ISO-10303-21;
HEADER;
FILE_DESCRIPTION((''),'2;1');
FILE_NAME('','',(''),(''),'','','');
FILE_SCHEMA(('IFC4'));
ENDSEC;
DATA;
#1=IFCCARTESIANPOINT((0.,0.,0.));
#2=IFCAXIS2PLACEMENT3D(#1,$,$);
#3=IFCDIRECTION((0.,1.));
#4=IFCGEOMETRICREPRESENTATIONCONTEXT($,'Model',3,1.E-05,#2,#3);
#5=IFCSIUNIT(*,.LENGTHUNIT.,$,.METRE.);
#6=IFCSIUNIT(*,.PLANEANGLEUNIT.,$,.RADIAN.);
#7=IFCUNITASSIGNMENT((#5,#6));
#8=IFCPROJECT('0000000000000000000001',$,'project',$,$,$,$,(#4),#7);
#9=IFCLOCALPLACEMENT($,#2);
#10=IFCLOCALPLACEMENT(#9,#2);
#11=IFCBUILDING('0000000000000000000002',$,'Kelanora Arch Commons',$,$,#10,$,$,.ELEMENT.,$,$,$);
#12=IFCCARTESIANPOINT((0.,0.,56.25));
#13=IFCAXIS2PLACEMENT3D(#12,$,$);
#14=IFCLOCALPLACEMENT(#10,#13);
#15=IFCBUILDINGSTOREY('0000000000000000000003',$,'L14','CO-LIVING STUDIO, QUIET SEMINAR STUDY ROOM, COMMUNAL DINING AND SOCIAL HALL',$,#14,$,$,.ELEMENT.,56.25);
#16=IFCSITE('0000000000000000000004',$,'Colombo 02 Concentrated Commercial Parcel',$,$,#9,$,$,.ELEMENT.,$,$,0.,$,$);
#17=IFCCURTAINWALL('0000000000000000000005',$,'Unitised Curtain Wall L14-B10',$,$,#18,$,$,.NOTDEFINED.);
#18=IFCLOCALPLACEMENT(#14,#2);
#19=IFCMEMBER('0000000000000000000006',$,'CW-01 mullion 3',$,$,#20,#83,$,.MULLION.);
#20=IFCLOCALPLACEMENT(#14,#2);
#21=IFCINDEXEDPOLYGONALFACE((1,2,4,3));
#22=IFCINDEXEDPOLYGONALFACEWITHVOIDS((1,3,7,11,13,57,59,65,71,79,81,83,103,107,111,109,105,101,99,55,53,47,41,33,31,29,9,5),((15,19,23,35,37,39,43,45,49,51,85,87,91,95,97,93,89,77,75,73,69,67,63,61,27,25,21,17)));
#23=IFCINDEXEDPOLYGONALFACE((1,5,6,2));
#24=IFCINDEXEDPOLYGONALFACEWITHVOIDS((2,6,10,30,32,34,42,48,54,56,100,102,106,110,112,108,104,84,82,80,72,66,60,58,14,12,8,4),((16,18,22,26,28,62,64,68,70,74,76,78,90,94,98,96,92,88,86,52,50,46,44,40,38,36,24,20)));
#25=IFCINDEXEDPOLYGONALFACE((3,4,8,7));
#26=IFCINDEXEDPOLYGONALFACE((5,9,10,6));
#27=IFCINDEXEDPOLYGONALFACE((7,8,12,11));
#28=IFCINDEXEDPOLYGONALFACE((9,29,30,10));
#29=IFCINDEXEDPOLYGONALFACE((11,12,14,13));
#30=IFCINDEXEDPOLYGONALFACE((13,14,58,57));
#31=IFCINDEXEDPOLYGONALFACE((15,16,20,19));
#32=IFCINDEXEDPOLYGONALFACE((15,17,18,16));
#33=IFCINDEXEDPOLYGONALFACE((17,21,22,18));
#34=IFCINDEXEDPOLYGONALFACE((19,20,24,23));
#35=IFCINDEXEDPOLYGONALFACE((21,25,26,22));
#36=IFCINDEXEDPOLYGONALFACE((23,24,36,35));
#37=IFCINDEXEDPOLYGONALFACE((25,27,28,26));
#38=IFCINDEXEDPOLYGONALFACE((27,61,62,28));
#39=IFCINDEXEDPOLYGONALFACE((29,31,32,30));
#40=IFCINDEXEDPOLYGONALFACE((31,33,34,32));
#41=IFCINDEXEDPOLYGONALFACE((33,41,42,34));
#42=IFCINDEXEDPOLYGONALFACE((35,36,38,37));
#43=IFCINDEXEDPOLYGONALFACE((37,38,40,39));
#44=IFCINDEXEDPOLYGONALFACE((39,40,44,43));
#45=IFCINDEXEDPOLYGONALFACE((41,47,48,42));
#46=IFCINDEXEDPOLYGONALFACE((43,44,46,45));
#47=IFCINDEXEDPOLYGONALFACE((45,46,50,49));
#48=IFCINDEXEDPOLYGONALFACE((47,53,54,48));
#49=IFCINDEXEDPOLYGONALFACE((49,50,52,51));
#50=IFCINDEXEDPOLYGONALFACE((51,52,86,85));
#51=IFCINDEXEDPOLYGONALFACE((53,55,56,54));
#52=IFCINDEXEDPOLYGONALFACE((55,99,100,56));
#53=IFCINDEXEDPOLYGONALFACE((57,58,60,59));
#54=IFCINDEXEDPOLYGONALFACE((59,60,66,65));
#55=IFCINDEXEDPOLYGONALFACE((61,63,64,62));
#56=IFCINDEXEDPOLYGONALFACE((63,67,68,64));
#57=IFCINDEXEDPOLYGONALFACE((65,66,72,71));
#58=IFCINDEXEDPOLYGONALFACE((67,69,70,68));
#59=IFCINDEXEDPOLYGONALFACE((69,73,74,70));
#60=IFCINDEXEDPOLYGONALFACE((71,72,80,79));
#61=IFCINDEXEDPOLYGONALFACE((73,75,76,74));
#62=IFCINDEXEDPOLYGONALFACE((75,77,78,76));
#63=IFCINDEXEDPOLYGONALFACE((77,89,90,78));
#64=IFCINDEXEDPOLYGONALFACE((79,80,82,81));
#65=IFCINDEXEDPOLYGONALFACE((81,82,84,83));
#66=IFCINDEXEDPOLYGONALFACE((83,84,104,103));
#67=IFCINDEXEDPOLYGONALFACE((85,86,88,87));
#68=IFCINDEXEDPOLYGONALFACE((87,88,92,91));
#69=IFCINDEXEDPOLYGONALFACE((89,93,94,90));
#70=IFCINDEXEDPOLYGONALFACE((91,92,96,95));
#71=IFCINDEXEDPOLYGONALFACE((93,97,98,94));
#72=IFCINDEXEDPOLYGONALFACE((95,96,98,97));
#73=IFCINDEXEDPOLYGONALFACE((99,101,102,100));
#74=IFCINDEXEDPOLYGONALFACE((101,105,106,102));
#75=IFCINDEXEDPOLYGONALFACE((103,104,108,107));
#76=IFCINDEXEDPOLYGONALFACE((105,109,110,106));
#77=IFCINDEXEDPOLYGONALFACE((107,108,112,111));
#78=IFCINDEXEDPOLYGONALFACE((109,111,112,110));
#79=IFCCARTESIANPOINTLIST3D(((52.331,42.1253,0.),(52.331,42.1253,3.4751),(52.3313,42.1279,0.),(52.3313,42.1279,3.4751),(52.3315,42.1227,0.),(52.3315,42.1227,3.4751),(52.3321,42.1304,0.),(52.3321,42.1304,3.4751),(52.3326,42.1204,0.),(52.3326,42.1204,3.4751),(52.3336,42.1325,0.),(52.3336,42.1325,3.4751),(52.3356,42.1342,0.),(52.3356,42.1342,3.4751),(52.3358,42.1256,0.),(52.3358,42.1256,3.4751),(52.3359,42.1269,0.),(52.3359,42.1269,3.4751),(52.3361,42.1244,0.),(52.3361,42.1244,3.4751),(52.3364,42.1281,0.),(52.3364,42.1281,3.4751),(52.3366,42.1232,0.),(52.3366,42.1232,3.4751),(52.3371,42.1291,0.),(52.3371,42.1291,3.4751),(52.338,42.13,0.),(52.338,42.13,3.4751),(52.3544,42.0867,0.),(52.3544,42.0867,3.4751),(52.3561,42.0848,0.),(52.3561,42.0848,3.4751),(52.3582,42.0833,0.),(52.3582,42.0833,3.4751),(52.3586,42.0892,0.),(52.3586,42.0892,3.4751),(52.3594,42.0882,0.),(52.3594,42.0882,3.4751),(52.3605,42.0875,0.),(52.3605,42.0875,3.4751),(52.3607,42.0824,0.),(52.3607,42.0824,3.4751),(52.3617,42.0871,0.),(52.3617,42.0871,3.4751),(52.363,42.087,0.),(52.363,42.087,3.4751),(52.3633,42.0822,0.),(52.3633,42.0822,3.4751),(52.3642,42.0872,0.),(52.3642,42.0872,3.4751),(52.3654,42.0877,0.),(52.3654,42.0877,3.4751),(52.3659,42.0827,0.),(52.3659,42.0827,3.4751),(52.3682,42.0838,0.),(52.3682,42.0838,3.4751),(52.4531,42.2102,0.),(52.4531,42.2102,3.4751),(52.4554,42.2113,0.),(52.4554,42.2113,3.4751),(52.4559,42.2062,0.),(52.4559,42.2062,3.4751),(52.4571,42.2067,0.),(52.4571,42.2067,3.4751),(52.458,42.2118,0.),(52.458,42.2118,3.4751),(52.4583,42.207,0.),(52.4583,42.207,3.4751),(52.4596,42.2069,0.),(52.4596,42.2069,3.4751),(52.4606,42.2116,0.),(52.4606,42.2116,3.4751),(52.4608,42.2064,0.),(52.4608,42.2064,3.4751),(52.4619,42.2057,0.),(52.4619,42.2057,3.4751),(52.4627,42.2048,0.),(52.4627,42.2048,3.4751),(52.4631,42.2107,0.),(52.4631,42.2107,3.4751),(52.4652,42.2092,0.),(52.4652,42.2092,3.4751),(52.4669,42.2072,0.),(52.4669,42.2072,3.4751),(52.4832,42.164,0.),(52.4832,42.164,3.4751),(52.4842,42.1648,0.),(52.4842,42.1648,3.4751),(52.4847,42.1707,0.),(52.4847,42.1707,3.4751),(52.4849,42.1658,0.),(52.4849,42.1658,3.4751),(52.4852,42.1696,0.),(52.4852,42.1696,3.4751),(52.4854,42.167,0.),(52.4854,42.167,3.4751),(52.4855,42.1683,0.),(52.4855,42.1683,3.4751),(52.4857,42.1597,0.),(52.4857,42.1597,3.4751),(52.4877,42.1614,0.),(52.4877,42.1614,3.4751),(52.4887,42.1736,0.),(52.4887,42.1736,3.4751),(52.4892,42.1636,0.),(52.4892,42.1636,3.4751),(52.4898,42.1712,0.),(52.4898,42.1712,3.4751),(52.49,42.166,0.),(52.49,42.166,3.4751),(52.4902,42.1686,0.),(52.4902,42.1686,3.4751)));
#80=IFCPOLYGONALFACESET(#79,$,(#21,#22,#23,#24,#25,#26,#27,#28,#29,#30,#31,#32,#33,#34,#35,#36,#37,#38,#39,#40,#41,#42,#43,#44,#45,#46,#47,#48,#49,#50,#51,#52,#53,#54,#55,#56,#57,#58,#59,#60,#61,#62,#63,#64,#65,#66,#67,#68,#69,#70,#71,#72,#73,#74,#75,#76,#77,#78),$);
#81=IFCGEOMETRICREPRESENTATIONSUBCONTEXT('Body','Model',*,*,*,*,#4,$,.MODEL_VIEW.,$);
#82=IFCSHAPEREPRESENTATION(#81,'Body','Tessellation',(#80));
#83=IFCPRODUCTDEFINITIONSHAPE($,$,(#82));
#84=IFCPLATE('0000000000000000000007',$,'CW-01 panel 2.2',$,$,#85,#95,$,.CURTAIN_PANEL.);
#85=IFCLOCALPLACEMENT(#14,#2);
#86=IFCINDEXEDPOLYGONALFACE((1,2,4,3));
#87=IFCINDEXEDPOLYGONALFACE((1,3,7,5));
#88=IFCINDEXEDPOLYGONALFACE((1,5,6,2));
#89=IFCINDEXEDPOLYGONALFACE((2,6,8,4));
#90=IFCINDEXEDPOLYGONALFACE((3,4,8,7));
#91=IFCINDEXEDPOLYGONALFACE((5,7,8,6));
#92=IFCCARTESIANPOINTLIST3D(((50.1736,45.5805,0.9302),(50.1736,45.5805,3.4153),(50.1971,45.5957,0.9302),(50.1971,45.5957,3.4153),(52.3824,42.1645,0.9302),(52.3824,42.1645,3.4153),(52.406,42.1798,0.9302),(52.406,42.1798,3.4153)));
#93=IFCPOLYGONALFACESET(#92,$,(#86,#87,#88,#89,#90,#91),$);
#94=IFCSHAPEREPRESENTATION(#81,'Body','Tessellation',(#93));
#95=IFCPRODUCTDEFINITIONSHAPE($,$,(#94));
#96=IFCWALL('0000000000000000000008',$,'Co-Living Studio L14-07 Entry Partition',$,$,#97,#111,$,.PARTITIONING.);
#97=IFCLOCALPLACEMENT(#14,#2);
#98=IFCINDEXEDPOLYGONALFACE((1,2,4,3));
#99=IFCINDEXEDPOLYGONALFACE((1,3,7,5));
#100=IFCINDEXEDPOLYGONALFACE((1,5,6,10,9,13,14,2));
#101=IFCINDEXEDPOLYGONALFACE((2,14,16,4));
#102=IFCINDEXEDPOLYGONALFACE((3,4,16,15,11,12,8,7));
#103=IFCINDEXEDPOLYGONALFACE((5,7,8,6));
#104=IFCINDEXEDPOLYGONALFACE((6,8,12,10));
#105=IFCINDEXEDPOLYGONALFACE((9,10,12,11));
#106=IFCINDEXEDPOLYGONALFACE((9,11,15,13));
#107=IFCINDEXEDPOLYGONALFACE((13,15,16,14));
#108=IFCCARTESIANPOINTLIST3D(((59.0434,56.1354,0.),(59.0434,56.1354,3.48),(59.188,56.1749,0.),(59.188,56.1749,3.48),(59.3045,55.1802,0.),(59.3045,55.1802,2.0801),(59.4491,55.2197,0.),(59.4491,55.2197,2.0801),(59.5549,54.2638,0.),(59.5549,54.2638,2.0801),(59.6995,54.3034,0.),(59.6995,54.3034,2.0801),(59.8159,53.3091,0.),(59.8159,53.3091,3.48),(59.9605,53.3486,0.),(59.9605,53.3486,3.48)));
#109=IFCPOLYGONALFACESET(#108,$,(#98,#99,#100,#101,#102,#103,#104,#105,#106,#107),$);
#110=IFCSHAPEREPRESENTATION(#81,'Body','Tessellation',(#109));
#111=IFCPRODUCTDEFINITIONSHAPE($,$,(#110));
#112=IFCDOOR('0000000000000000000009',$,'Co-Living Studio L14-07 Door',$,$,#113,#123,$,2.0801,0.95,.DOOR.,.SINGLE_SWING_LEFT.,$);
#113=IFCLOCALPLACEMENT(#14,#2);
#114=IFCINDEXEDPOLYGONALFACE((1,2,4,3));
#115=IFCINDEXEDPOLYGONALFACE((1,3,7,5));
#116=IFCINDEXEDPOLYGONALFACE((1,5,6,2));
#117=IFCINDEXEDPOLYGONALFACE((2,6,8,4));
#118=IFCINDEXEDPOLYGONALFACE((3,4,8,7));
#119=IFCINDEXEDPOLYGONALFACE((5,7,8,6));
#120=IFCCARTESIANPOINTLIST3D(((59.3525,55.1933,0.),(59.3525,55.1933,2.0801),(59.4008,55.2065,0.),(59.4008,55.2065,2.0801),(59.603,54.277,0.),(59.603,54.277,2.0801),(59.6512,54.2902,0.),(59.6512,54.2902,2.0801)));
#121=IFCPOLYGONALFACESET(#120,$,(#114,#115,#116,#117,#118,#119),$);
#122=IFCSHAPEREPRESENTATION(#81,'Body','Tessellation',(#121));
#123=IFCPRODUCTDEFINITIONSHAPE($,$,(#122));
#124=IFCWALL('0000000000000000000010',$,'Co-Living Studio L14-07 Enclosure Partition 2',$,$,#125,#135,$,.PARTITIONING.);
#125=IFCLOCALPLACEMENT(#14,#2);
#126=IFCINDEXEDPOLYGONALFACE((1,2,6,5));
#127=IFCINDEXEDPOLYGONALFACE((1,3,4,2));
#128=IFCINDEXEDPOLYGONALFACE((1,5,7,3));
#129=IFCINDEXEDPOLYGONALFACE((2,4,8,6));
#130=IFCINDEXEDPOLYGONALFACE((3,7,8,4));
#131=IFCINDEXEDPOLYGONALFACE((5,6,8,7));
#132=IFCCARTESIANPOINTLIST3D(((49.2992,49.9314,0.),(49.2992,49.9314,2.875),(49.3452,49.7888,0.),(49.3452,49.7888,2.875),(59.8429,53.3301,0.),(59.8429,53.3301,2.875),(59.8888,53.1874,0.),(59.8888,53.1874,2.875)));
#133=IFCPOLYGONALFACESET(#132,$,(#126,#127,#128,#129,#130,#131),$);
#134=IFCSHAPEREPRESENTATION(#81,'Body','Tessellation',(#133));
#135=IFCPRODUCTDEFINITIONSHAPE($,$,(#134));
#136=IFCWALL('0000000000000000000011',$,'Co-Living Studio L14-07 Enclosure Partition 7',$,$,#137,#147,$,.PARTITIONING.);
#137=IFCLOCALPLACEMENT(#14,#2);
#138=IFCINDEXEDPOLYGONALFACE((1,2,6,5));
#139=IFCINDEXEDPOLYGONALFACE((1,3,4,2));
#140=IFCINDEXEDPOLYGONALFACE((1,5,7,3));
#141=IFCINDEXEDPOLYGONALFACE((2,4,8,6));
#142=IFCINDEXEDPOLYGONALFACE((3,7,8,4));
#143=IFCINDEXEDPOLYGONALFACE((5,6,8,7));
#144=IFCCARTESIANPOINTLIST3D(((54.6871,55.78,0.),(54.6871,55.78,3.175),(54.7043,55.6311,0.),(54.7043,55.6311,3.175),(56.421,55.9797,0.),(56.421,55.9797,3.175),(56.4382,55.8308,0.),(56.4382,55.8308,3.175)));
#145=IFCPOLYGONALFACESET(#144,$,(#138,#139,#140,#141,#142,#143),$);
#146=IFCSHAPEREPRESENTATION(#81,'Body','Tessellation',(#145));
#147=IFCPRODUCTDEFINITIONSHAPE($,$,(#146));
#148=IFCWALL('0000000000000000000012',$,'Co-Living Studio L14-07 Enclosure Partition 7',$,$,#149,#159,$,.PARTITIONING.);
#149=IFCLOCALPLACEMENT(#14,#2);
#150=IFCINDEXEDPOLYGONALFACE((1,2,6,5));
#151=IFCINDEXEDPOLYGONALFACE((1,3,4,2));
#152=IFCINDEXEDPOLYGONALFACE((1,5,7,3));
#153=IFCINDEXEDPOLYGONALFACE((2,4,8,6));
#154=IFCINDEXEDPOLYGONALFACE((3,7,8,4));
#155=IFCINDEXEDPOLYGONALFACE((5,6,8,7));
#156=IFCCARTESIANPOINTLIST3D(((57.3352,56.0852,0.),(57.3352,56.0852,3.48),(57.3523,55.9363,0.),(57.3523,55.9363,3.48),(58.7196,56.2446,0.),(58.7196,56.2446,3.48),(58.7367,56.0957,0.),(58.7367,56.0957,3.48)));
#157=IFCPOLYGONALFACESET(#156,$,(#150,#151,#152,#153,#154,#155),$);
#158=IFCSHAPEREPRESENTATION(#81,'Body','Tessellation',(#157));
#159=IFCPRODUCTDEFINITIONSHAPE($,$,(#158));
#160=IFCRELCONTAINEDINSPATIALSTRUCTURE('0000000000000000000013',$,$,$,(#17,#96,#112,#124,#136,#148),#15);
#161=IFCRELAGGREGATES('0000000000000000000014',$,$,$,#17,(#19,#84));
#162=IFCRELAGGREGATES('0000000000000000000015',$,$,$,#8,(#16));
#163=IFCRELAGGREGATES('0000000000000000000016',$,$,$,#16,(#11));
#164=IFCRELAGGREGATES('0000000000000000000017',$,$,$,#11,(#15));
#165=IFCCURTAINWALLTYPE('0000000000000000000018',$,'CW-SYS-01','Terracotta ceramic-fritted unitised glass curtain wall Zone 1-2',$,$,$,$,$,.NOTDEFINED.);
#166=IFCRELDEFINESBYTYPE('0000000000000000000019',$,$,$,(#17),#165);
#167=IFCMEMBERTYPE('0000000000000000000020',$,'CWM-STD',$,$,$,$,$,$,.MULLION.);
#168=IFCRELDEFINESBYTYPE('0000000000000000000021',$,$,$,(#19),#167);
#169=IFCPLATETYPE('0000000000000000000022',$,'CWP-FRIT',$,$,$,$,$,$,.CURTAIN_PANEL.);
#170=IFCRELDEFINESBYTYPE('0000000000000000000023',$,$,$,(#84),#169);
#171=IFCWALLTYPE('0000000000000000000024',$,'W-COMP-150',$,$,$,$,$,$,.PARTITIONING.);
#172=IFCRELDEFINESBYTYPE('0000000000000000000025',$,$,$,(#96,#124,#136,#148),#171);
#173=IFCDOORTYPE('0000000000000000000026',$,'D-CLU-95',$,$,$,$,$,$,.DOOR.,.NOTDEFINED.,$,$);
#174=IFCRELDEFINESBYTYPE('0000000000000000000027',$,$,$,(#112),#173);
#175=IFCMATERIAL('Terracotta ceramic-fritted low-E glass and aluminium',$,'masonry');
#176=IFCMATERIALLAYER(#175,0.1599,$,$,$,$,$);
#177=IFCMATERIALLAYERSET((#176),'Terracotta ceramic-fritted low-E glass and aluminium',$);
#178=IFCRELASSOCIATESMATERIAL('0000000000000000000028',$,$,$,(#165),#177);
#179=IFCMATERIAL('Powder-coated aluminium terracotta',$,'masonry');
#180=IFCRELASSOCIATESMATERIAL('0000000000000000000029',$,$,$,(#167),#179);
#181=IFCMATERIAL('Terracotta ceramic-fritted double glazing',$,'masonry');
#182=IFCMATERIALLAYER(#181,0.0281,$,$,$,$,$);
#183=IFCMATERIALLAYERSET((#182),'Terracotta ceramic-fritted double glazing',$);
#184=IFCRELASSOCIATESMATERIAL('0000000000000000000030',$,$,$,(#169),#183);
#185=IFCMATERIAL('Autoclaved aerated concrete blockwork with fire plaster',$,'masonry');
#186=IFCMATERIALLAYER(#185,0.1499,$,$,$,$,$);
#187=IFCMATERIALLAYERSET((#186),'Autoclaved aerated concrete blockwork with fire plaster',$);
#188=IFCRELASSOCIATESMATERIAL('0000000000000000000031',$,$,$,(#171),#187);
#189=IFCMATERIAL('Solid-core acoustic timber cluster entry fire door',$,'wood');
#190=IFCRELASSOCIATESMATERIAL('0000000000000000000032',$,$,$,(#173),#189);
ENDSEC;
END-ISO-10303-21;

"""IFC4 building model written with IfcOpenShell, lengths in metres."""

from ifc_helpers import new_model, si_unit, direction, frame, frame_2d, origin, origin_2d, place, context, subcontext, project, spatial, rectangle, hollow_rectangle, extrude, source, transform, mapped, material, layer, layer_set, material_profile, profile_set, type_object, element, fill, aggregate, save


model = new_model("IFC4")

# Units and contexts
model_context = context("Model", 3, precision=1e-05, world=origin(), true_north=direction((0.0, 1.0)))
body_context = subcontext(model_context, "Body", "Model", "MODEL_VIEW")
ifc_project = project(units=[si_unit("LENGTHUNIT", "METRE"), si_unit("PLANEANGLEUNIT", "RADIAN")], contexts=[model_context])

# Site, building, storey
site_placement = place(None, origin())
site = spatial("IfcSite", under=ifc_project, at=site_placement, Name="Colombo 02 Concentrated Commercial Parcel", CompositionType="ELEMENT", RefElevation=0.0)
building_placement = place(site_placement, origin())
building = spatial("IfcBuilding", under=site, at=building_placement, Name="Kelanora Arch Commons", CompositionType="ELEMENT")
storey_placement = place(building_placement, frame((0.0, 0.0, 56.25)))
storey = spatial("IfcBuildingStorey", under=building, at=storey_placement, Name="L14", Description="CO-LIVING STUDIO, QUIET SEMINAR STUDY ROOM, COMMUNAL DINING AND SOCIAL HALL", CompositionType="ELEMENT", Elevation=56.25)

# Curtain wall, member, plate
ifc_material_1 = material(Name="Terracotta ceramic-fritted low-E glass and aluminium", Category="masonry")
ifc_layer_1 = layer(ifc_material_1, 0.1599)
ifc_layer_set_1 = layer_set([ifc_layer_1], Name="Terracotta ceramic-fritted low-E glass and aluminium")
curtain_wall_type = type_object("IfcCurtainWallType", Name="CW-SYS-01", Description="Terracotta ceramic-fritted unitised glass curtain wall Zone 1-2", PredefinedType="NOTDEFINED", material=ifc_layer_set_1)
curtain_wall_placement = place(storey_placement, origin())
curtain_wall = element("IfcCurtainWall", 1, at=curtain_wall_placement, inside=storey, type_object=curtain_wall_type, Name="Unitised Curtain Wall L14-B10", PredefinedType="NOTDEFINED")
ifc_material_2 = material(Name="Powder-coated aluminium terracotta", Category="masonry")
ifc_material_profile_1 = material_profile(ifc_material_2, hollow_rectangle(XDim=0.1599, YDim=0.0601, WallThickness=0.0049, InnerFilletRadius=0.0049, OuterFilletRadius=0.01, at=origin_2d()), Name="CWM160x60")
ifc_profile_set_1 = profile_set([ifc_material_profile_1], Name="Powder-coated aluminium terracotta")
member_type = type_object("IfcMemberType", Name="CWM-STD", PredefinedType="MULLION", material=ifc_profile_set_1)
member_placement = place(storey_placement, frame((52.4106, 42.147, 0.0), z_axis=(0.0, 0.0, 1.0), x_axis=(0.83973, 0.543004, 0.0)))
member = element("IfcMember", 2, at=member_placement, type_object=member_type, Name="CW-01 mullion 3", PredefinedType="MULLION", context=body_context, shape_type="SweptSolid", body=[
    extrude(hollow_rectangle(XDim=0.1599, YDim=0.0601, WallThickness=0.0049, InnerFilletRadius=0.0049, OuterFilletRadius=0.01, at=origin_2d()), origin(), (0.0, 0.0, 1.0), 3.4751),
])
ifc_material_3 = material(Name="Terracotta ceramic-fritted double glazing", Category="masonry")
ifc_layer_2 = layer(ifc_material_3, 0.0281)
ifc_layer_set_2 = layer_set([ifc_layer_2], Name="Terracotta ceramic-fritted double glazing")
plate_type = type_object("IfcPlateType", Name="CWP-FRIT", PredefinedType="CURTAIN_PANEL", material=ifc_layer_set_2)
shared_shape_1 = source(origin(), body_context, "Body", "SweptSolid", [
    extrude(rectangle(XDim=4.0679, YDim=0.0281, at=origin_2d()), origin(), (0.0, 0.0, 1.0), 2.4851),
])
plate_placement = place(storey_placement, frame((51.2898, 43.8801, 0.9302), z_axis=(0.0, 0.0, 1.0), x_axis=(0.543004, -0.83973, 0.0)))
plate = element("IfcPlate", 3, at=plate_placement, type_object=plate_type, Name="CW-01 panel 2.2", PredefinedType="CURTAIN_PANEL", context=body_context, shape_type="MappedRepresentation", body=[
    mapped(shared_shape_1, transform((0.0, 0.0, 0.0), scale=1.0)),
])
aggregate(curtain_wall, [member, plate])

# Wall, opening, door
ifc_material_4 = material(Name="Autoclaved aerated concrete blockwork with fire plaster", Category="masonry")
ifc_layer_3 = layer(ifc_material_4, 0.1499)
ifc_layer_set_3 = layer_set([ifc_layer_3], Name="Autoclaved aerated concrete blockwork with fire plaster")
wall_type_1 = type_object("IfcWallType", Name="W-COMP-150", PredefinedType="PARTITIONING", material=ifc_layer_set_3)
wall_1_placement = place(storey_placement, frame((59.1157, 56.155, 0.0), z_axis=(0.0, 0.0, 1.0), x_axis=(0.263653, -0.964618, 0.0)))
wall_1 = element("IfcWall", 4, at=wall_1_placement, inside=storey, type_object=wall_type_1, Name="Co-Living Studio L14-07 Entry Partition", PredefinedType="PARTITIONING", context=body_context, shape_type="SweptSolid", body=[
    extrude(rectangle(XDim=2.9299, YDim=0.1499, at=frame_2d((1.4648, 0.0))), origin(), (0.0, 0.0, 1.0), 3.48),
])
opening_1_placement = place(wall_1_placement, frame((0.99, 0.0, 0.0)))
opening_1 = element("IfcOpeningElement", 5, at=opening_1_placement, cuts=wall_1, PredefinedType="OPENING", context=body_context, shape_type="SweptSolid", body=[
    extrude(rectangle(XDim=0.95, YDim=2.0801, at=frame_2d((0.4751, 1.04))), frame((0.0, 0.085, 0.0), z_axis=(0.0, -1.0, 0.0), x_axis=(1.0, 0.0, 0.0)), (0.0, 0.0, 1.0), 0.1699),
])
ifc_material_5 = material(Name="Solid-core acoustic timber cluster entry fire door", Category="wood")
door_type_1 = type_object("IfcDoorType", Name="D-CLU-95", OperationType="NOTDEFINED", PredefinedType="DOOR", material=ifc_material_5)
door_1_placement = place(opening_1_placement, origin())
door_1 = element("IfcDoor", 6, at=door_1_placement, inside=storey, type_object=door_type_1, Name="Co-Living Studio L14-07 Door", OperationType="SINGLE_SWING_LEFT", OverallHeight=2.0801, OverallWidth=0.95, PredefinedType="DOOR", context=body_context, shape_type="SweptSolid", body=[
    extrude(rectangle(XDim=0.95, YDim=2.0801, at=frame_2d((0.4751, 1.04))), frame((0.0, 0.0249, 0.0), z_axis=(0.0, -1.0, 0.0), x_axis=(1.0, 0.0, 0.0)), (0.0, 0.0, 1.0), 0.05),
])
fill(opening_1, door_1)

# Walls
wall_2_placement = place(storey_placement, frame((59.866, 53.2588, 0.0), z_axis=(0.0, 0.0, 1.0), x_axis=(-0.951775, -0.306797, 0.0)))
element("IfcWall", 7, at=wall_2_placement, inside=storey, type_object=wall_type_1, Name="Co-Living Studio L14-07 Enclosure Partition 2", PredefinedType="PARTITIONING", context=body_context, shape_type="SweptSolid", body=[
    extrude(rectangle(XDim=11.0779, YDim=0.1499, at=frame_2d((5.5391, 0.0))), origin(), (0.0, 0.0, 1.0), 2.875),
])
wall_3_placement = place(storey_placement, frame((54.6958, 55.7056, 0.0), z_axis=(0.0, 0.0, 1.0), x_axis=(0.993432, 0.114422, 0.0)))
element("IfcWall", 8, at=wall_3_placement, inside=storey, type_object=wall_type_1, Name="Co-Living Studio L14-07 Enclosure Partition 7", PredefinedType="PARTITIONING", context=body_context, shape_type="SweptSolid", body=[
    extrude(rectangle(XDim=1.7454, YDim=0.1499, at=frame_2d((0.8726, 0.0))), origin(), (0.0, 0.0, 1.0), 3.175),
])
wall_4_placement = place(storey_placement, frame((57.3438, 56.0107, 0.0), z_axis=(0.0, 0.0, 1.0), x_axis=(0.993436, 0.114391, 0.0)))
element("IfcWall", 9, at=wall_4_placement, inside=storey, type_object=wall_type_1, Name="Co-Living Studio L14-07 Enclosure Partition 7", PredefinedType="PARTITIONING", context=body_context, shape_type="SweptSolid", body=[
    extrude(rectangle(XDim=1.3936, YDim=0.1499, at=frame_2d((0.6968, 0.0))), origin(), (0.0, 0.0, 1.0), 3.48),
])

save(model, "model.ifc")
